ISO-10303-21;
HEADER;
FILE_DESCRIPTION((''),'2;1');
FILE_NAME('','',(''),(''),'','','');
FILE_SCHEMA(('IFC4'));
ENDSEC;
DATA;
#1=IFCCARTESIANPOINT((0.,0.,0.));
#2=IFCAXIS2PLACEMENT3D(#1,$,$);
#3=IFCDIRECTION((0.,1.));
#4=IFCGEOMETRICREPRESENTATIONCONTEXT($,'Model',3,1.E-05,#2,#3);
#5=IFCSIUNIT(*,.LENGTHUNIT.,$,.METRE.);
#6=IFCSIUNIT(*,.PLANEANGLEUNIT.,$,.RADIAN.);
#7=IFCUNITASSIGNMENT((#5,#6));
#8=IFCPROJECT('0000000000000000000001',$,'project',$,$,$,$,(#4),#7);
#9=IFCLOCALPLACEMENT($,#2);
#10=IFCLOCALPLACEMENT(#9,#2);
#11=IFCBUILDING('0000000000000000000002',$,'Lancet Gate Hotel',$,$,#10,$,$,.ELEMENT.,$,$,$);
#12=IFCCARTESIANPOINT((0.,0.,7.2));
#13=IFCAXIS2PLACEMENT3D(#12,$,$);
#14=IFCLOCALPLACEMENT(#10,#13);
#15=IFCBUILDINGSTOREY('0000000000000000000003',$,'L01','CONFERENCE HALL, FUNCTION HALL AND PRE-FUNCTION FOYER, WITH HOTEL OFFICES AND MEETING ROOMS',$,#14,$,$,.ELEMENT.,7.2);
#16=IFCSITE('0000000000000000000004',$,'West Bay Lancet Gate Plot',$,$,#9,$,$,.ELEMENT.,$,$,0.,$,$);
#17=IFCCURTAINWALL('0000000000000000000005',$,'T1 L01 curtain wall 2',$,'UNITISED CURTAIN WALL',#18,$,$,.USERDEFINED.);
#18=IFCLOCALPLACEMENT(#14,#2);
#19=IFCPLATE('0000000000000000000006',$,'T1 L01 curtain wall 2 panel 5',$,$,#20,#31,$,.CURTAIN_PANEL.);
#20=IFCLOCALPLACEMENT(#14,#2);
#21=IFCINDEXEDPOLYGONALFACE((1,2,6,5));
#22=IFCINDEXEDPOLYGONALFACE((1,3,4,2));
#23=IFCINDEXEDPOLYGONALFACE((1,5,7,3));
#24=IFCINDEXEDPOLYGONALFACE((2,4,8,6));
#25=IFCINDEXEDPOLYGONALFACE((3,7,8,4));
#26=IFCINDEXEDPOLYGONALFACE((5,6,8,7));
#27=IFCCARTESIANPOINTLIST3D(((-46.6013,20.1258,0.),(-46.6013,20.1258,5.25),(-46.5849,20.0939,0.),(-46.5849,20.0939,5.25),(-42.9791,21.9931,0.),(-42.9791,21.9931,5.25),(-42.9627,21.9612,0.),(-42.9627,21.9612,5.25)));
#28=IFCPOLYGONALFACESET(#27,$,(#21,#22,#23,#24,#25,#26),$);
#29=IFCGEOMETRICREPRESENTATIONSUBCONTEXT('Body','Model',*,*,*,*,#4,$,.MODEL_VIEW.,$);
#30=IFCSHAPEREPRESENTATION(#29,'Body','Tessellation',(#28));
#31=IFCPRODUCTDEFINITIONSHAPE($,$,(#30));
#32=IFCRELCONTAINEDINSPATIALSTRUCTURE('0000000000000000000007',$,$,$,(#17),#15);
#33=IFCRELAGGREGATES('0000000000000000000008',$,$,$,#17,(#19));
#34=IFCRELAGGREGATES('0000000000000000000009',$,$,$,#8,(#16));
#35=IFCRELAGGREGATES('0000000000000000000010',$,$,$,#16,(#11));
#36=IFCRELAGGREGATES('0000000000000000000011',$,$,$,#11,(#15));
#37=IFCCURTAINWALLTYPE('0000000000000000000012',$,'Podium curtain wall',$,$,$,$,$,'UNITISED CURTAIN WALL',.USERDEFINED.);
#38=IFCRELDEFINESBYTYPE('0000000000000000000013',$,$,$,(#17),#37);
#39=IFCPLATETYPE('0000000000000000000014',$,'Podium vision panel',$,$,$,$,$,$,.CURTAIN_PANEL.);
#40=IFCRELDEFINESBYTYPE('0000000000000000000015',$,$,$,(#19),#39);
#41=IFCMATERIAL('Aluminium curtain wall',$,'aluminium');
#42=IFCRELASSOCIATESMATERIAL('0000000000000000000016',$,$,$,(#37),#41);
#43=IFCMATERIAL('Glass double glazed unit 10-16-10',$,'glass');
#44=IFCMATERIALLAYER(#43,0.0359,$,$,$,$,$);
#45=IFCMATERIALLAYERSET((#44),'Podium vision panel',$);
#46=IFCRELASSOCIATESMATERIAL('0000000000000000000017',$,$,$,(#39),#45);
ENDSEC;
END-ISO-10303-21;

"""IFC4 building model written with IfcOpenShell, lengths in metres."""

from ifc_helpers import new_model, si_unit, direction, frame, origin, origin_2d, place, context, subcontext, project, spatial, rectangle, extrude, material, layer, layer_set, type_object, element, aggregate, save


model = new_model("IFC4")

# Units and contexts
model_context = context("Model", 3, precision=1e-05, world=origin(), true_north=direction((0.0, 1.0)))
body_context = subcontext(model_context, "Body", "Model", "MODEL_VIEW")
ifc_project = project(units=[si_unit("LENGTHUNIT", "METRE"), si_unit("PLANEANGLEUNIT", "RADIAN")], contexts=[model_context])

# Site, building, storey
site_placement = place(None, origin())
site = spatial("IfcSite", under=ifc_project, at=site_placement, Name="West Bay Lancet Gate Plot", CompositionType="ELEMENT", RefElevation=0.0)
building_placement = place(site_placement, origin())
building = spatial("IfcBuilding", under=site, at=building_placement, Name="Lancet Gate Hotel", CompositionType="ELEMENT")
storey_placement = place(building_placement, frame((0.0, 0.0, 7.2)))
storey = spatial("IfcBuildingStorey", under=building, at=storey_placement, Name="L01", Description="CONFERENCE HALL, FUNCTION HALL AND PRE-FUNCTION FOYER, WITH HOTEL OFFICES AND MEETING ROOMS", CompositionType="ELEMENT", Elevation=7.2)

# Curtain wall
ifc_material_1 = material(Name="Aluminium curtain wall", Category="aluminium")
curtain_wall_type = type_object("IfcCurtainWallType", Name="Podium curtain wall", ElementType="UNITISED CURTAIN WALL", PredefinedType="USERDEFINED", material=ifc_material_1)
curtain_wall_placement = place(storey_placement, origin())
curtain_wall = element("IfcCurtainWall", 1, at=curtain_wall_placement, inside=storey, type_object=curtain_wall_type, Name="T1 L01 curtain wall 2", ObjectType="UNITISED CURTAIN WALL", PredefinedType="USERDEFINED")

# Plate
ifc_material_2 = material(Name="Glass double glazed unit 10-16-10", Category="glass")
ifc_layer = layer(ifc_material_2, 0.0359)
ifc_layer_set = layer_set([ifc_layer], Name="Podium vision panel")
plate_type = type_object("IfcPlateType", Name="Podium vision panel", PredefinedType="CURTAIN_PANEL", material=ifc_layer_set)
plate_1_placement = place(storey_placement, frame((-44.782, 21.0435, 0.0), z_axis=(0.0, 0.0, 1.0), x_axis=(-0.888844, -0.45821, 0.0)))
plate_1 = element("IfcPlate", 2, at=plate_1_placement, type_object=plate_type, Name="T1 L01 curtain wall 2 panel 5", PredefinedType="CURTAIN_PANEL", context=body_context, shape_type="SweptSolid", body=[
    extrude(rectangle(XDim=4.0752, YDim=0.0359, at=origin_2d()), origin(), (0.0, 0.0, 1.0), 5.25),
])
aggregate(curtain_wall, [plate_1])

save(model, "model.ifc")
